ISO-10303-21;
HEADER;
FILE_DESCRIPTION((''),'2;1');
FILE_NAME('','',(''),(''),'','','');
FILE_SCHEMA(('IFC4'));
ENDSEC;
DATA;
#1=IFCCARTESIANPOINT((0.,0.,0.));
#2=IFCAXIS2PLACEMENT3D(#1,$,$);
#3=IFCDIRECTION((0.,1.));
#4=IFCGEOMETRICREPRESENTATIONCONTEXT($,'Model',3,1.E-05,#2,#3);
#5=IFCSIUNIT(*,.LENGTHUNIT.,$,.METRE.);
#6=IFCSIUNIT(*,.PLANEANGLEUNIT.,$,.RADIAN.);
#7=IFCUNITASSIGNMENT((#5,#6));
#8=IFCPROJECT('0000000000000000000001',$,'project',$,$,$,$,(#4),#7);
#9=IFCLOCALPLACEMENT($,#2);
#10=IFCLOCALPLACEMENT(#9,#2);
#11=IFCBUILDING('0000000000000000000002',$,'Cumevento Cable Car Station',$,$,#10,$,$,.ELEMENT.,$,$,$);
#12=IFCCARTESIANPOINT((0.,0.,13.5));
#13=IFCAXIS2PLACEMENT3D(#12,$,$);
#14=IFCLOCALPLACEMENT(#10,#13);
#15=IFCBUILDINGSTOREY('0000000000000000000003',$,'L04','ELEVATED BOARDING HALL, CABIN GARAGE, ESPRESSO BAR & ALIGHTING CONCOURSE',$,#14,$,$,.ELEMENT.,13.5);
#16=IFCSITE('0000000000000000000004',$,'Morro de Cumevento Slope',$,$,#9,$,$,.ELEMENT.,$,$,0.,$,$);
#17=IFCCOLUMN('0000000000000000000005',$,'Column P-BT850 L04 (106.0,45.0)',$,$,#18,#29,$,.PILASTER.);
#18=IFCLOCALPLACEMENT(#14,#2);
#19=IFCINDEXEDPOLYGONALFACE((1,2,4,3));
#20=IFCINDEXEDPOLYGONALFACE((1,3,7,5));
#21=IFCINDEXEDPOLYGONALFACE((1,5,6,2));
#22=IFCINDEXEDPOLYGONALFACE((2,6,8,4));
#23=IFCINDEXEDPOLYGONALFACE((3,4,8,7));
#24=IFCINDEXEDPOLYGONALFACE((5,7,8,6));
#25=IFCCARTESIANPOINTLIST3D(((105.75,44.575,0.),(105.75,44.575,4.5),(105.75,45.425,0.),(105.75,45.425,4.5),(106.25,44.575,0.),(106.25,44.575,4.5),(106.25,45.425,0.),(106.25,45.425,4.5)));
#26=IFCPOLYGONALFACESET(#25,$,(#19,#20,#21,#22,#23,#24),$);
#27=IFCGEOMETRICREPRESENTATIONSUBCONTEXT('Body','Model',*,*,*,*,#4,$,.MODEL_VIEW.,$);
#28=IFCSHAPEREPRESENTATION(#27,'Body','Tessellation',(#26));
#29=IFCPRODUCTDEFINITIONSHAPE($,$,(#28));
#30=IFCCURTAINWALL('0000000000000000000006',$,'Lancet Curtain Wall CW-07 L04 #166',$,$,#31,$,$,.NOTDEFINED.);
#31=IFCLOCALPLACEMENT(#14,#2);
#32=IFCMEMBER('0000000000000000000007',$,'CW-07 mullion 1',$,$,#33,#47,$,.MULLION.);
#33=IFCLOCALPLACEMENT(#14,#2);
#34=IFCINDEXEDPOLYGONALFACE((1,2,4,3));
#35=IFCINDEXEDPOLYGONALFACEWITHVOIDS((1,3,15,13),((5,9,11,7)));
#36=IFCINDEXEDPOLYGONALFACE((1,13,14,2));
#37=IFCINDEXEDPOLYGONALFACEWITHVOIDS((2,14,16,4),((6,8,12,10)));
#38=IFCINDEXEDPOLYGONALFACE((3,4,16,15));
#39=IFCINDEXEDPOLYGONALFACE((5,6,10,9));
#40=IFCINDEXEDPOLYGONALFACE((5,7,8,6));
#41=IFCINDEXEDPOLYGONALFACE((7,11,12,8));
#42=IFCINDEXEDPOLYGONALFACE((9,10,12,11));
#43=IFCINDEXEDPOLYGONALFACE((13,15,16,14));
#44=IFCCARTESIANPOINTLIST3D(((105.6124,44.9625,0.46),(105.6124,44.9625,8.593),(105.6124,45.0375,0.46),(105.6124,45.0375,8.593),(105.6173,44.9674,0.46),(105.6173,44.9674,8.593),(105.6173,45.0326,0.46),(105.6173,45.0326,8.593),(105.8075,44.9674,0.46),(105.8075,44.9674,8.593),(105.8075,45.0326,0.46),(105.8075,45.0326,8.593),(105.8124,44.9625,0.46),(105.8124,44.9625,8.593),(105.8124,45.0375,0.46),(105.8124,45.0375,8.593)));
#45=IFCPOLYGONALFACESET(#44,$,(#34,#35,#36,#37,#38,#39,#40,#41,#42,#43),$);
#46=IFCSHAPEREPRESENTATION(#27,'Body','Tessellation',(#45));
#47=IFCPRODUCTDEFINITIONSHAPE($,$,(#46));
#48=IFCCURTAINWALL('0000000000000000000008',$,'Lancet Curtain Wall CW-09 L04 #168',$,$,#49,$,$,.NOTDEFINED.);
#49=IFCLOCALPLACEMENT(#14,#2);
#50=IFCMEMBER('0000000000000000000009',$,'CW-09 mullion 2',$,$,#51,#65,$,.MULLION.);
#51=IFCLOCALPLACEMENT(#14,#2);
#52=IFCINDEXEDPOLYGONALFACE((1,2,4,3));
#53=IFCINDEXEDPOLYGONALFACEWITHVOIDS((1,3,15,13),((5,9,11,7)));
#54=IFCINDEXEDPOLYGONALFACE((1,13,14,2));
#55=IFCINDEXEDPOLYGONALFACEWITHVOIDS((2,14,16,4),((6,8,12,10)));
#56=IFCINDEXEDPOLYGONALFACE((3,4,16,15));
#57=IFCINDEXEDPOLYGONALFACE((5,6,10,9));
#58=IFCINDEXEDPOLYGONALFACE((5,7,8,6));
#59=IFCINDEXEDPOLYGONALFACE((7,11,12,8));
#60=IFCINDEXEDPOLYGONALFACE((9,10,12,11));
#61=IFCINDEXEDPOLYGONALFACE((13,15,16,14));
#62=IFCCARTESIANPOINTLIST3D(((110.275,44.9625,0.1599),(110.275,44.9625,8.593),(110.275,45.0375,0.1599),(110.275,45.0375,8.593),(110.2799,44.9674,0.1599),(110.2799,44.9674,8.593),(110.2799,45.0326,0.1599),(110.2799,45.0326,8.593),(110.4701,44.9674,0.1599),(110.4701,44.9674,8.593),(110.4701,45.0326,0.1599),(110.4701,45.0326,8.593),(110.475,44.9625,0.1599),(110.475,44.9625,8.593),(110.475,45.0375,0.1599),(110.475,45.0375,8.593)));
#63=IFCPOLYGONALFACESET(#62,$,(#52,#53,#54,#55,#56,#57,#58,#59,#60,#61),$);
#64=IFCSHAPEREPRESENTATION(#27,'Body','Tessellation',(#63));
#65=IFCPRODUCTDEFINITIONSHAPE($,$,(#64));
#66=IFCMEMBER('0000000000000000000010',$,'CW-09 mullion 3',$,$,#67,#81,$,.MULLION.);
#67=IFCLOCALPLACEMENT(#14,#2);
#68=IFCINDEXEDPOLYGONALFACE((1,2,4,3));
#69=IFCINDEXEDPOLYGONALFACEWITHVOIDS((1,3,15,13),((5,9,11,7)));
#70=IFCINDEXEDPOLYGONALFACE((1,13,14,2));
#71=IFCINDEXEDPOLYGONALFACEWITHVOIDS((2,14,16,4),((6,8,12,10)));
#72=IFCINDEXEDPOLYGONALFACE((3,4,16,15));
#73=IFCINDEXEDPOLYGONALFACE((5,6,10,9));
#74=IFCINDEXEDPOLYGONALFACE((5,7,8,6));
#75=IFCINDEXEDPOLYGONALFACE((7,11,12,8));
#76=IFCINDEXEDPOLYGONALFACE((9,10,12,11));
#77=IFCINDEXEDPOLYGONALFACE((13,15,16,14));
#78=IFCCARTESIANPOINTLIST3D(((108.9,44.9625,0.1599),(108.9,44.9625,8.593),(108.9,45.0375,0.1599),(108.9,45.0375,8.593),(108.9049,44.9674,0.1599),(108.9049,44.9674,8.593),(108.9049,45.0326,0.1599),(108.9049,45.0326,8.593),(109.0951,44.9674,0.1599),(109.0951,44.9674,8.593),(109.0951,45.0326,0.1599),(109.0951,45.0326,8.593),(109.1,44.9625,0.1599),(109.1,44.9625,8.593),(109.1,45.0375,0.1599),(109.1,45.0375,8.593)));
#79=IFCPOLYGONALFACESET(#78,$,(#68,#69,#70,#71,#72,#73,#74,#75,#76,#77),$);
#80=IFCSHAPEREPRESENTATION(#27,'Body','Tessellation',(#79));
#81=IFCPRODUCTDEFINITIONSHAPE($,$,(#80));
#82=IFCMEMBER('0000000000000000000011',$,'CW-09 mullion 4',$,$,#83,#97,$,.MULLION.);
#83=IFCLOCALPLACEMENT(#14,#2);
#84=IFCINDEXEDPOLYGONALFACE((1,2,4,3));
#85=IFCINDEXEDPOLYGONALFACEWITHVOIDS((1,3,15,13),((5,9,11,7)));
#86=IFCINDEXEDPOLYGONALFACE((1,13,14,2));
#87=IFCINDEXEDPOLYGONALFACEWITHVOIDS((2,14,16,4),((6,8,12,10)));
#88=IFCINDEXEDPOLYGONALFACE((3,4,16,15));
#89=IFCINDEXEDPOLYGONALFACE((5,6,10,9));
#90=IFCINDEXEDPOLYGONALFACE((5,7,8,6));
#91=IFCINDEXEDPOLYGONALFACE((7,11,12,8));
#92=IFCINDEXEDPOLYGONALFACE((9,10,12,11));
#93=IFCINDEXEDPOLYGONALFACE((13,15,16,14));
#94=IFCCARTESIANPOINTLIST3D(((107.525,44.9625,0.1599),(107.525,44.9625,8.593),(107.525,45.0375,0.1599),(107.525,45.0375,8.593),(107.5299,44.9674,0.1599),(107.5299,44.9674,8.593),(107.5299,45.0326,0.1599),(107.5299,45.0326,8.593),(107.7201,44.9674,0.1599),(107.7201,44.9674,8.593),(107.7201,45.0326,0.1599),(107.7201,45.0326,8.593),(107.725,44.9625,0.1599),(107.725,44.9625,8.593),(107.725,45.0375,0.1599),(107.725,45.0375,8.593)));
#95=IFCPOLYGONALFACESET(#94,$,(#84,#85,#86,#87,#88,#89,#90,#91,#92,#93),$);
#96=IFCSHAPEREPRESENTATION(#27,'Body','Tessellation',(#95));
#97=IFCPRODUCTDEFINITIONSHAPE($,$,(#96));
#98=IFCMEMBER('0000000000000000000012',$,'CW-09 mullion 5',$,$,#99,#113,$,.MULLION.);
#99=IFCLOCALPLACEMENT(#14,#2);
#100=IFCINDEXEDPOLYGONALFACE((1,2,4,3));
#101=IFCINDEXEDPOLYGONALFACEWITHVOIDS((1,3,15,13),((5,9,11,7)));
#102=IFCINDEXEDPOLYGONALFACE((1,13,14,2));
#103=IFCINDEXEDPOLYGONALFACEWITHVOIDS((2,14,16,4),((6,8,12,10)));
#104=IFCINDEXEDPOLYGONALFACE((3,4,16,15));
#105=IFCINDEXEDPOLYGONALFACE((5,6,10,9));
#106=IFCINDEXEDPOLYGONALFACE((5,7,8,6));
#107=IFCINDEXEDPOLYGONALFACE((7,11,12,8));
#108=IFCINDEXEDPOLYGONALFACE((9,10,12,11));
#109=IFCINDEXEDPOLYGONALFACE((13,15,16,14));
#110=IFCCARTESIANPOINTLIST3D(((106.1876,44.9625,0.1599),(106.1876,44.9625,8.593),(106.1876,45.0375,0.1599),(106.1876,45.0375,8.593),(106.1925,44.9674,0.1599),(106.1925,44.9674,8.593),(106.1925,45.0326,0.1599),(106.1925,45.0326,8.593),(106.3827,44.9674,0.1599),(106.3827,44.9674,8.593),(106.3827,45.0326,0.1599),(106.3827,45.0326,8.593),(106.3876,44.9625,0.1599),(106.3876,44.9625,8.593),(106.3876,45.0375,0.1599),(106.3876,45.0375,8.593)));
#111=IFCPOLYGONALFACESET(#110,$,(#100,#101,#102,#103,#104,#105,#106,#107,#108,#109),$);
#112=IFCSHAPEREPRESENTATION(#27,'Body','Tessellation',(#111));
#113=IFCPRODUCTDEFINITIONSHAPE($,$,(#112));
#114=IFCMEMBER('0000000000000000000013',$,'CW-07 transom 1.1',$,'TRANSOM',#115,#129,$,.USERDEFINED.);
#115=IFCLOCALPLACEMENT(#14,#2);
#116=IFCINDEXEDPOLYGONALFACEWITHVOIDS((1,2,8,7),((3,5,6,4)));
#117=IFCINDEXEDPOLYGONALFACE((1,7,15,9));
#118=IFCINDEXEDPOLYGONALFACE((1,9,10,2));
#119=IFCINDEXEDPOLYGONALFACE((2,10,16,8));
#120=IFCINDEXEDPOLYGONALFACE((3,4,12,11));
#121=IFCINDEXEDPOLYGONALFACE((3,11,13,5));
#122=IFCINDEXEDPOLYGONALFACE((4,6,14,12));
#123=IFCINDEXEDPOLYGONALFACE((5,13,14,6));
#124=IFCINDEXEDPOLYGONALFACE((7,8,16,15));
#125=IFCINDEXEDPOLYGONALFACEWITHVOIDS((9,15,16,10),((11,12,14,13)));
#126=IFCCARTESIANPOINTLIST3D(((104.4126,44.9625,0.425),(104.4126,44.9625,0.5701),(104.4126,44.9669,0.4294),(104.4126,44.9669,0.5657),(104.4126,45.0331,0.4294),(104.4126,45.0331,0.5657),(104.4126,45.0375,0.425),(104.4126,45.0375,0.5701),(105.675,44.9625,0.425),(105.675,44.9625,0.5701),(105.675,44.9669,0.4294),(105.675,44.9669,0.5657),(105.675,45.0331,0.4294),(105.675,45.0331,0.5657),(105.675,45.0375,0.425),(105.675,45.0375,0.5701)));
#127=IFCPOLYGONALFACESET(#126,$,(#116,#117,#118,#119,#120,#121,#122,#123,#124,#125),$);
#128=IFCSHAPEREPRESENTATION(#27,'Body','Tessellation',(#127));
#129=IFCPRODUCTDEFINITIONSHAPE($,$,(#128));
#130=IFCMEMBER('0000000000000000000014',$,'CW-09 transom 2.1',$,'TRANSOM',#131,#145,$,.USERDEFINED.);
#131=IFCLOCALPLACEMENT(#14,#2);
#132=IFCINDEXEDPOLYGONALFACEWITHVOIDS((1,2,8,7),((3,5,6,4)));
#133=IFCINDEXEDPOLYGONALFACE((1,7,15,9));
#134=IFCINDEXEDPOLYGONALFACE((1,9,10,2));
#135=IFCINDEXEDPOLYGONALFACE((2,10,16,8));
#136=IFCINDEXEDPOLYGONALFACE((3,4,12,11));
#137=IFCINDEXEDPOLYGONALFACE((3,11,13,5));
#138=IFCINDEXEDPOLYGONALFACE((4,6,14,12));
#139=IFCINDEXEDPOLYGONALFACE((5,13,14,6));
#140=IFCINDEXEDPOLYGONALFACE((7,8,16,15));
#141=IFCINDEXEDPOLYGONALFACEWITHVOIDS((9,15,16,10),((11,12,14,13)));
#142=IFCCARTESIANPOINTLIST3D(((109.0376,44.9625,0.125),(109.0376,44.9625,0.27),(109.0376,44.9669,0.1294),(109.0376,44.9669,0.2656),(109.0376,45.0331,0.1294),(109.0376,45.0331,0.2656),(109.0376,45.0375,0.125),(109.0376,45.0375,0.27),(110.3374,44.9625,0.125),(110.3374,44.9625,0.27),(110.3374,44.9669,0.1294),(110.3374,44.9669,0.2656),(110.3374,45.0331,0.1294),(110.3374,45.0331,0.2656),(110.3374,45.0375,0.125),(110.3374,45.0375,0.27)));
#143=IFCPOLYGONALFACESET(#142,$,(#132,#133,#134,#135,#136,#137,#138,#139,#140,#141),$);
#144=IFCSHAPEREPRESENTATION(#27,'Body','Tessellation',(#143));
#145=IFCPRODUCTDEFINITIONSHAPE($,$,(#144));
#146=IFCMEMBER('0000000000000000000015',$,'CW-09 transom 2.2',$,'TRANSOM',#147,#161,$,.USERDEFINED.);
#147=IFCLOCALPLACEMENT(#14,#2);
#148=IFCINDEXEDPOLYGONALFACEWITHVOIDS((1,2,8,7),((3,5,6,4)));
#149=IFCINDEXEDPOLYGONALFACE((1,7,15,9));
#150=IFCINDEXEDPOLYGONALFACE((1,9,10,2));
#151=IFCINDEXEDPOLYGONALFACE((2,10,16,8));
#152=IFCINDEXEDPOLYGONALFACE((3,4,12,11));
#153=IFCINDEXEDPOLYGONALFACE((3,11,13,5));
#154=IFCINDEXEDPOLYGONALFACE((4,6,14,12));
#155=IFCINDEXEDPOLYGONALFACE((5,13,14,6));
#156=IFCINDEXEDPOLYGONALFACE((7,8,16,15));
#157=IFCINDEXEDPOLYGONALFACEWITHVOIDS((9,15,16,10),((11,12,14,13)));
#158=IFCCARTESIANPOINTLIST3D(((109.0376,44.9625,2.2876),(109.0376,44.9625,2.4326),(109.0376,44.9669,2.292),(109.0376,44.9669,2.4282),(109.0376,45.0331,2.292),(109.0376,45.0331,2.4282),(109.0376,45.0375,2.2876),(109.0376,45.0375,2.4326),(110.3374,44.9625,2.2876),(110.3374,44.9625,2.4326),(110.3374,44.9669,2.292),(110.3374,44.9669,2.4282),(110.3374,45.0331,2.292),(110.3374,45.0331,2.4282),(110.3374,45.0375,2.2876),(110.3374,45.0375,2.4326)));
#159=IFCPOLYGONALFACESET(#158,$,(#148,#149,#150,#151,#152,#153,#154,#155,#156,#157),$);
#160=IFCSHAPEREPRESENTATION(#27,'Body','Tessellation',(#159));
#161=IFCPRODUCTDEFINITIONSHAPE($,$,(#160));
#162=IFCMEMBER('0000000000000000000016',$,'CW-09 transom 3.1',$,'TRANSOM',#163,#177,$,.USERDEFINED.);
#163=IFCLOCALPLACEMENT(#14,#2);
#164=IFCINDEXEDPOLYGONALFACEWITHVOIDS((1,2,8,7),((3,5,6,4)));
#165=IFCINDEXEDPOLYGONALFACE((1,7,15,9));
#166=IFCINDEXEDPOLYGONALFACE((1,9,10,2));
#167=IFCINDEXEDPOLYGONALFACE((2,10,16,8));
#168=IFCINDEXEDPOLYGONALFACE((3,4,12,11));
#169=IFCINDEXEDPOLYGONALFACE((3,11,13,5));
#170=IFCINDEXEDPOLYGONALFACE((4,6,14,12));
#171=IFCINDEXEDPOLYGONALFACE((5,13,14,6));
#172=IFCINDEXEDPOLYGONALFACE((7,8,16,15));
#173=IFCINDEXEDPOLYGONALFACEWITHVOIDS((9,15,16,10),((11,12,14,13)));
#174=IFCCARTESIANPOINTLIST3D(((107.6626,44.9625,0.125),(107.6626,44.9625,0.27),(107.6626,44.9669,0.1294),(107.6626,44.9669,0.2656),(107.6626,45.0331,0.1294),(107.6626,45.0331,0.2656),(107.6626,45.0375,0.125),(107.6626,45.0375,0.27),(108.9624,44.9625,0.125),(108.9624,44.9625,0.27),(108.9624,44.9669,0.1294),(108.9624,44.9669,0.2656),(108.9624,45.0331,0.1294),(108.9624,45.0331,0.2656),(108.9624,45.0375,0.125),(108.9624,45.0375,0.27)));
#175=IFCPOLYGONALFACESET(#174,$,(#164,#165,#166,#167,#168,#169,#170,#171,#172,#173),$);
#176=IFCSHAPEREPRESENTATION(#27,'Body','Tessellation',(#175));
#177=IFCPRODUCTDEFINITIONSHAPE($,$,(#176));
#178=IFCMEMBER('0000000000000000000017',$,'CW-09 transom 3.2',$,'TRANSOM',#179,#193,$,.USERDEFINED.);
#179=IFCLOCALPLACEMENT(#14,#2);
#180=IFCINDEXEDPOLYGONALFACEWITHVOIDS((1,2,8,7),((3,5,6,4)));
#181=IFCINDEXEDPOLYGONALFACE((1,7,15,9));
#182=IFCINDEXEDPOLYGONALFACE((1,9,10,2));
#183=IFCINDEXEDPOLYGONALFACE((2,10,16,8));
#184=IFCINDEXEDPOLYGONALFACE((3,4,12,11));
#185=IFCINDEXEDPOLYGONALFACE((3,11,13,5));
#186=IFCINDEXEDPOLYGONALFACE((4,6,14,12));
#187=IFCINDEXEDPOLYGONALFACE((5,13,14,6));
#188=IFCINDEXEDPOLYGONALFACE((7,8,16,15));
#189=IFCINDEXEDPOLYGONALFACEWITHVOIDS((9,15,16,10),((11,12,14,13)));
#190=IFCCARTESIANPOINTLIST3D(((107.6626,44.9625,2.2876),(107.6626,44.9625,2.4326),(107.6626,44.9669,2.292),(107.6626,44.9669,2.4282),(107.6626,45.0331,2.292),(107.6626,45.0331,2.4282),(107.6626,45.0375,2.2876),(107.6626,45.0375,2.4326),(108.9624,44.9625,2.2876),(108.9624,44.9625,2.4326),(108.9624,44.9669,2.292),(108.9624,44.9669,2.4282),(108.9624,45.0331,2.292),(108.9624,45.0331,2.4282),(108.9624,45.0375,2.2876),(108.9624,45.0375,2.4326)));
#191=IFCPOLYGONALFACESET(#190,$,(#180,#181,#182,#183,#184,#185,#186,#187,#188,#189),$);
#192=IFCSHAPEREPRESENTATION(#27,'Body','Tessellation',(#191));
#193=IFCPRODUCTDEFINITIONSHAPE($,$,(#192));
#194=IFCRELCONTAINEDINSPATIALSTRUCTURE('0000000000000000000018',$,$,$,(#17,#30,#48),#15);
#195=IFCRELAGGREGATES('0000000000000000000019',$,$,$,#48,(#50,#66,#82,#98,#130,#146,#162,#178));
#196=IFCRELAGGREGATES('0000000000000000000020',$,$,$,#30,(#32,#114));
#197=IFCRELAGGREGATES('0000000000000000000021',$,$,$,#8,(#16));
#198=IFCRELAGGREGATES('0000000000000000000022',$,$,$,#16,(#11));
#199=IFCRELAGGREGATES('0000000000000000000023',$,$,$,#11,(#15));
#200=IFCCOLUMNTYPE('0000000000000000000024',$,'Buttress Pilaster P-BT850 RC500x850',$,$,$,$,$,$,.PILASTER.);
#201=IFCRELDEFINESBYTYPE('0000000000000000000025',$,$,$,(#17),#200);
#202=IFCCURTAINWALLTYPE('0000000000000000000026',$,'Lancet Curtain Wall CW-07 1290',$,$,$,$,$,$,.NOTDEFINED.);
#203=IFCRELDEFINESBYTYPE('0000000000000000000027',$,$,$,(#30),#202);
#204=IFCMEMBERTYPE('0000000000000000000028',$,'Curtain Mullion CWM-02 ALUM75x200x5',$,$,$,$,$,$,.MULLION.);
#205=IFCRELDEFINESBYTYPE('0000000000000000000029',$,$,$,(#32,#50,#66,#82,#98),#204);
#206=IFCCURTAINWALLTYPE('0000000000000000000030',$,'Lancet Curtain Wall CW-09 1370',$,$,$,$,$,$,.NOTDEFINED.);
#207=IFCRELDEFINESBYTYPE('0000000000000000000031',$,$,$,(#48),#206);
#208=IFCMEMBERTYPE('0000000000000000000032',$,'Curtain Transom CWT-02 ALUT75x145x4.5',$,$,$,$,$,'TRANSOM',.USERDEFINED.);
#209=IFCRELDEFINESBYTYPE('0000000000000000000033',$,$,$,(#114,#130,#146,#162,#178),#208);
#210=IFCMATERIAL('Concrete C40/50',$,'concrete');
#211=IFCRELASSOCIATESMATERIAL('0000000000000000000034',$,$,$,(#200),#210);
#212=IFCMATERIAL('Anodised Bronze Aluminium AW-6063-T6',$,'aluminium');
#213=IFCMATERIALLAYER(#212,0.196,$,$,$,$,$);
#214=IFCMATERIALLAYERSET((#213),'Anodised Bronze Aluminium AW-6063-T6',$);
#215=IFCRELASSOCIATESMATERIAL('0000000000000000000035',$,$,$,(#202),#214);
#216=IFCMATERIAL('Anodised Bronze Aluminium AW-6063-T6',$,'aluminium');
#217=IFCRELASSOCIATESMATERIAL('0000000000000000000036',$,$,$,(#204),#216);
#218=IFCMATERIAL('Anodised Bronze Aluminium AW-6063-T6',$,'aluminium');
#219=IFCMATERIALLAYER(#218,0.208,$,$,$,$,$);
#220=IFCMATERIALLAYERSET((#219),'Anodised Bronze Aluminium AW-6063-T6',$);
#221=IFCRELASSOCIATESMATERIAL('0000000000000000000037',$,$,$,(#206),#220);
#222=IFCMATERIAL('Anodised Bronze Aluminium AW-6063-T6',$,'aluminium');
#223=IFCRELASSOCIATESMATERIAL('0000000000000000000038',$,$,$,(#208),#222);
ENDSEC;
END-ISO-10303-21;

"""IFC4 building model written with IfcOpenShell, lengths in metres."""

from ifc_helpers import new_model, si_unit, direction, frame, origin, origin_2d, place, context, subcontext, project, spatial, rectangle, hollow_rectangle, extrude, material, layer, layer_set, material_profile, profile_set, type_object, element, aggregate, save


model = new_model("IFC4")

# Units and contexts
model_context = context("Model", 3, precision=1e-05, world=origin(), true_north=direction((0.0, 1.0)))
body_context = subcontext(model_context, "Body", "Model", "MODEL_VIEW")
ifc_project = project(units=[si_unit("LENGTHUNIT", "METRE"), si_unit("PLANEANGLEUNIT", "RADIAN")], contexts=[model_context])

# Site, building, storey
site_placement = place(None, origin())
site = spatial("IfcSite", under=ifc_project, at=site_placement, Name="Morro de Cumevento Slope", CompositionType="ELEMENT", RefElevation=0.0)
building_placement = place(site_placement, origin())
building = spatial("IfcBuilding", under=site, at=building_placement, Name="Cumevento Cable Car Station", CompositionType="ELEMENT")
storey_placement = place(building_placement, frame((0.0, 0.0, 13.5)))
storey = spatial("IfcBuildingStorey", under=building, at=storey_placement, Name="L04", Description="ELEVATED BOARDING HALL, CABIN GARAGE, ESPRESSO BAR & ALIGHTING CONCOURSE", CompositionType="ELEMENT", Elevation=13.5)

# Column
ifc_material_1 = material(Name="Concrete C40/50", Category="concrete")
ifc_material_profile_1 = material_profile(ifc_material_1, rectangle(XDim=0.5, YDim=0.8501, at=origin_2d()), Name="RC500x850")
ifc_profile_set_1 = profile_set([ifc_material_profile_1], Name="Concrete C40/50")
column_type = type_object("IfcColumnType", Name="Buttress Pilaster P-BT850 RC500x850", PredefinedType="PILASTER", material=ifc_profile_set_1)
column_placement = place(storey_placement, frame((106.0, 45.0, 0.0), z_axis=(0.0, 0.0, 1.0), x_axis=(1.0, 0.0, 0.0)))
element("IfcColumn", 1, at=column_placement, inside=storey, type_object=column_type, Name="Column P-BT850 L04 (106.0,45.0)", PredefinedType="PILASTER", context=body_context, shape_type="SweptSolid", body=[
    extrude(rectangle(XDim=0.5, YDim=0.8501, at=origin_2d()), origin(), (0.0, 0.0, 1.0), 4.5),
])

# Curtain wall, member
ifc_material_2 = material(Name="Anodised Bronze Aluminium AW-6063-T6", Category="aluminium")
ifc_layer_1 = layer(ifc_material_2, 0.196)
ifc_layer_set_1 = layer_set([ifc_layer_1], Name="Anodised Bronze Aluminium AW-6063-T6")
curtain_wall_type_1 = type_object("IfcCurtainWallType", Name="Lancet Curtain Wall CW-07 1290", PredefinedType="NOTDEFINED", material=ifc_layer_set_1)
curtain_wall_1_placement = place(storey_placement, origin())
curtain_wall_1 = element("IfcCurtainWall", 2, at=curtain_wall_1_placement, inside=storey, type_object=curtain_wall_type_1, Name="Lancet Curtain Wall CW-07 L04 #166", PredefinedType="NOTDEFINED")
ifc_material_3 = material(Name="Anodised Bronze Aluminium AW-6063-T6", Category="aluminium")
ifc_material_profile_2 = material_profile(ifc_material_3, hollow_rectangle(XDim=0.075, YDim=0.2, WallThickness=0.0049, at=origin_2d()), Name="ALUM75x200x5")
ifc_profile_set_2 = profile_set([ifc_material_profile_2], Name="Anodised Bronze Aluminium AW-6063-T6")
member_type_1 = type_object("IfcMemberType", Name="Curtain Mullion CWM-02 ALUM75x200x5", PredefinedType="MULLION", material=ifc_profile_set_2)
member_1_placement = place(storey_placement, frame((105.7124, 45.0, 0.46), z_axis=(0.0, 0.0, 1.0), x_axis=(0.0, -1.0, 0.0)))
member_1 = element("IfcMember", 3, at=member_1_placement, type_object=member_type_1, Name="CW-07 mullion 1", PredefinedType="MULLION", context=body_context, shape_type="SweptSolid", body=[
    extrude(hollow_rectangle(XDim=0.075, YDim=0.2, WallThickness=0.0049, at=origin_2d()), origin(), (0.0, 0.0, 1.0), 8.1331),
])

# Curtain wall, members
ifc_material_4 = material(Name="Anodised Bronze Aluminium AW-6063-T6", Category="aluminium")
ifc_layer_2 = layer(ifc_material_4, 0.208)
ifc_layer_set_2 = layer_set([ifc_layer_2], Name="Anodised Bronze Aluminium AW-6063-T6")
curtain_wall_type_2 = type_object("IfcCurtainWallType", Name="Lancet Curtain Wall CW-09 1370", PredefinedType="NOTDEFINED", material=ifc_layer_set_2)
curtain_wall_2_placement = place(storey_placement, origin())
curtain_wall_2 = element("IfcCurtainWall", 4, at=curtain_wall_2_placement, inside=storey, type_object=curtain_wall_type_2, Name="Lancet Curtain Wall CW-09 L04 #168", PredefinedType="NOTDEFINED")
member_2_placement = place(storey_placement, frame((110.375, 45.0, 0.1599), z_axis=(0.0, 0.0, 1.0), x_axis=(0.0, -1.0, 0.0)))
member_2 = element("IfcMember", 5, at=member_2_placement, type_object=member_type_1, Name="CW-09 mullion 2", PredefinedType="MULLION", context=body_context, shape_type="SweptSolid", body=[
    extrude(hollow_rectangle(XDim=0.075, YDim=0.2, WallThickness=0.0049, at=origin_2d()), origin(), (0.0, 0.0, 1.0), 8.4331),
])
member_3_placement = place(storey_placement, frame((109.0, 45.0, 0.1599), z_axis=(0.0, 0.0, 1.0), x_axis=(0.0, -1.0, 0.0)))
member_3 = element("IfcMember", 6, at=member_3_placement, type_object=member_type_1, Name="CW-09 mullion 3", PredefinedType="MULLION", context=body_context, shape_type="SweptSolid", body=[
    extrude(hollow_rectangle(XDim=0.075, YDim=0.2, WallThickness=0.0049, at=origin_2d()), origin(), (0.0, 0.0, 1.0), 8.4331),
])
member_4_placement = place(storey_placement, frame((107.625, 45.0, 0.1599), z_axis=(0.0, 0.0, 1.0), x_axis=(0.0, -1.0, 0.0)))
member_4 = element("IfcMember", 7, at=member_4_placement, type_object=member_type_1, Name="CW-09 mullion 4", PredefinedType="MULLION", context=body_context, shape_type="SweptSolid", body=[
    extrude(hollow_rectangle(XDim=0.075, YDim=0.2, WallThickness=0.0049, at=origin_2d()), origin(), (0.0, 0.0, 1.0), 8.4331),
])
member_5_placement = place(storey_placement, frame((106.2876, 45.0, 0.1599), z_axis=(0.0, 0.0, 1.0), x_axis=(0.0, -1.0, 0.0)))
member_5 = element("IfcMember", 8, at=member_5_placement, type_object=member_type_1, Name="CW-09 mullion 5", PredefinedType="MULLION", context=body_context, shape_type="SweptSolid", body=[
    extrude(hollow_rectangle(XDim=0.075, YDim=0.2, WallThickness=0.0049, at=origin_2d()), origin(), (0.0, 0.0, 1.0), 8.4331),
])

# Members
ifc_material_5 = material(Name="Anodised Bronze Aluminium AW-6063-T6", Category="aluminium")
ifc_material_profile_3 = material_profile(ifc_material_5, hollow_rectangle(XDim=0.075, YDim=0.145, WallThickness=0.0044, at=origin_2d()), Name="ALUT75x145x4.5")
ifc_profile_set_3 = profile_set([ifc_material_profile_3], Name="Anodised Bronze Aluminium AW-6063-T6")
member_type_2 = type_object("IfcMemberType", Name="Curtain Transom CWT-02 ALUT75x145x4.5", ElementType="TRANSOM", PredefinedType="USERDEFINED", material=ifc_profile_set_3)
member_6_placement = place(storey_placement, frame((105.675, 45.0, 0.4976), z_axis=(-1.0, 0.0, 0.0), x_axis=(0.0, -1.0, 0.0)))
member_6 = element("IfcMember", 9, at=member_6_placement, type_object=member_type_2, Name="CW-07 transom 1.1", ObjectType="TRANSOM", PredefinedType="USERDEFINED", context=body_context, shape_type="SweptSolid", body=[
    extrude(hollow_rectangle(XDim=0.075, YDim=0.145, WallThickness=0.0044, at=origin_2d()), origin(), (0.0, 0.0, 1.0), 1.2625),
])
member_7_placement = place(storey_placement, frame((110.3374, 45.0, 0.1975), z_axis=(-1.0, 0.0, 0.0), x_axis=(0.0, -1.0, 0.0)))
member_7 = element("IfcMember", 10, at=member_7_placement, type_object=member_type_2, Name="CW-09 transom 2.1", ObjectType="TRANSOM", PredefinedType="USERDEFINED", context=body_context, shape_type="SweptSolid", body=[
    extrude(hollow_rectangle(XDim=0.075, YDim=0.145, WallThickness=0.0044, at=origin_2d()), origin(), (0.0, 0.0, 1.0), 1.2998),
])
member_8_placement = place(storey_placement, frame((110.3374, 45.0, 2.3601), z_axis=(-1.0, 0.0, 0.0), x_axis=(0.0, -1.0, 0.0)))
member_8 = element("IfcMember", 11, at=member_8_placement, type_object=member_type_2, Name="CW-09 transom 2.2", ObjectType="TRANSOM", PredefinedType="USERDEFINED", context=body_context, shape_type="SweptSolid", body=[
    extrude(hollow_rectangle(XDim=0.075, YDim=0.145, WallThickness=0.0044, at=origin_2d()), origin(), (0.0, 0.0, 1.0), 1.2998),
])
member_9_placement = place(storey_placement, frame((108.9624, 45.0, 0.1975), z_axis=(-1.0, 0.0, 0.0), x_axis=(0.0, -1.0, 0.0)))
member_9 = element("IfcMember", 12, at=member_9_placement, type_object=member_type_2, Name="CW-09 transom 3.1", ObjectType="TRANSOM", PredefinedType="USERDEFINED", context=body_context, shape_type="SweptSolid", body=[
    extrude(hollow_rectangle(XDim=0.075, YDim=0.145, WallThickness=0.0044, at=origin_2d()), origin(), (0.0, 0.0, 1.0), 1.2998),
])
member_10_placement = place(storey_placement, frame((108.9624, 45.0, 2.3601), z_axis=(-1.0, 0.0, 0.0), x_axis=(0.0, -1.0, 0.0)))
member_10 = element("IfcMember", 13, at=member_10_placement, type_object=member_type_2, Name="CW-09 transom 3.2", ObjectType="TRANSOM", PredefinedType="USERDEFINED", context=body_context, shape_type="SweptSolid", body=[
    extrude(hollow_rectangle(XDim=0.075, YDim=0.145, WallThickness=0.0044, at=origin_2d()), origin(), (0.0, 0.0, 1.0), 1.2998),
])

aggregate(curtain_wall_2, [member_2, member_3, member_4, member_5, member_7, member_8, member_9, member_10])
aggregate(curtain_wall_1, [member_1, member_6])

save(model, "model.ifc")
